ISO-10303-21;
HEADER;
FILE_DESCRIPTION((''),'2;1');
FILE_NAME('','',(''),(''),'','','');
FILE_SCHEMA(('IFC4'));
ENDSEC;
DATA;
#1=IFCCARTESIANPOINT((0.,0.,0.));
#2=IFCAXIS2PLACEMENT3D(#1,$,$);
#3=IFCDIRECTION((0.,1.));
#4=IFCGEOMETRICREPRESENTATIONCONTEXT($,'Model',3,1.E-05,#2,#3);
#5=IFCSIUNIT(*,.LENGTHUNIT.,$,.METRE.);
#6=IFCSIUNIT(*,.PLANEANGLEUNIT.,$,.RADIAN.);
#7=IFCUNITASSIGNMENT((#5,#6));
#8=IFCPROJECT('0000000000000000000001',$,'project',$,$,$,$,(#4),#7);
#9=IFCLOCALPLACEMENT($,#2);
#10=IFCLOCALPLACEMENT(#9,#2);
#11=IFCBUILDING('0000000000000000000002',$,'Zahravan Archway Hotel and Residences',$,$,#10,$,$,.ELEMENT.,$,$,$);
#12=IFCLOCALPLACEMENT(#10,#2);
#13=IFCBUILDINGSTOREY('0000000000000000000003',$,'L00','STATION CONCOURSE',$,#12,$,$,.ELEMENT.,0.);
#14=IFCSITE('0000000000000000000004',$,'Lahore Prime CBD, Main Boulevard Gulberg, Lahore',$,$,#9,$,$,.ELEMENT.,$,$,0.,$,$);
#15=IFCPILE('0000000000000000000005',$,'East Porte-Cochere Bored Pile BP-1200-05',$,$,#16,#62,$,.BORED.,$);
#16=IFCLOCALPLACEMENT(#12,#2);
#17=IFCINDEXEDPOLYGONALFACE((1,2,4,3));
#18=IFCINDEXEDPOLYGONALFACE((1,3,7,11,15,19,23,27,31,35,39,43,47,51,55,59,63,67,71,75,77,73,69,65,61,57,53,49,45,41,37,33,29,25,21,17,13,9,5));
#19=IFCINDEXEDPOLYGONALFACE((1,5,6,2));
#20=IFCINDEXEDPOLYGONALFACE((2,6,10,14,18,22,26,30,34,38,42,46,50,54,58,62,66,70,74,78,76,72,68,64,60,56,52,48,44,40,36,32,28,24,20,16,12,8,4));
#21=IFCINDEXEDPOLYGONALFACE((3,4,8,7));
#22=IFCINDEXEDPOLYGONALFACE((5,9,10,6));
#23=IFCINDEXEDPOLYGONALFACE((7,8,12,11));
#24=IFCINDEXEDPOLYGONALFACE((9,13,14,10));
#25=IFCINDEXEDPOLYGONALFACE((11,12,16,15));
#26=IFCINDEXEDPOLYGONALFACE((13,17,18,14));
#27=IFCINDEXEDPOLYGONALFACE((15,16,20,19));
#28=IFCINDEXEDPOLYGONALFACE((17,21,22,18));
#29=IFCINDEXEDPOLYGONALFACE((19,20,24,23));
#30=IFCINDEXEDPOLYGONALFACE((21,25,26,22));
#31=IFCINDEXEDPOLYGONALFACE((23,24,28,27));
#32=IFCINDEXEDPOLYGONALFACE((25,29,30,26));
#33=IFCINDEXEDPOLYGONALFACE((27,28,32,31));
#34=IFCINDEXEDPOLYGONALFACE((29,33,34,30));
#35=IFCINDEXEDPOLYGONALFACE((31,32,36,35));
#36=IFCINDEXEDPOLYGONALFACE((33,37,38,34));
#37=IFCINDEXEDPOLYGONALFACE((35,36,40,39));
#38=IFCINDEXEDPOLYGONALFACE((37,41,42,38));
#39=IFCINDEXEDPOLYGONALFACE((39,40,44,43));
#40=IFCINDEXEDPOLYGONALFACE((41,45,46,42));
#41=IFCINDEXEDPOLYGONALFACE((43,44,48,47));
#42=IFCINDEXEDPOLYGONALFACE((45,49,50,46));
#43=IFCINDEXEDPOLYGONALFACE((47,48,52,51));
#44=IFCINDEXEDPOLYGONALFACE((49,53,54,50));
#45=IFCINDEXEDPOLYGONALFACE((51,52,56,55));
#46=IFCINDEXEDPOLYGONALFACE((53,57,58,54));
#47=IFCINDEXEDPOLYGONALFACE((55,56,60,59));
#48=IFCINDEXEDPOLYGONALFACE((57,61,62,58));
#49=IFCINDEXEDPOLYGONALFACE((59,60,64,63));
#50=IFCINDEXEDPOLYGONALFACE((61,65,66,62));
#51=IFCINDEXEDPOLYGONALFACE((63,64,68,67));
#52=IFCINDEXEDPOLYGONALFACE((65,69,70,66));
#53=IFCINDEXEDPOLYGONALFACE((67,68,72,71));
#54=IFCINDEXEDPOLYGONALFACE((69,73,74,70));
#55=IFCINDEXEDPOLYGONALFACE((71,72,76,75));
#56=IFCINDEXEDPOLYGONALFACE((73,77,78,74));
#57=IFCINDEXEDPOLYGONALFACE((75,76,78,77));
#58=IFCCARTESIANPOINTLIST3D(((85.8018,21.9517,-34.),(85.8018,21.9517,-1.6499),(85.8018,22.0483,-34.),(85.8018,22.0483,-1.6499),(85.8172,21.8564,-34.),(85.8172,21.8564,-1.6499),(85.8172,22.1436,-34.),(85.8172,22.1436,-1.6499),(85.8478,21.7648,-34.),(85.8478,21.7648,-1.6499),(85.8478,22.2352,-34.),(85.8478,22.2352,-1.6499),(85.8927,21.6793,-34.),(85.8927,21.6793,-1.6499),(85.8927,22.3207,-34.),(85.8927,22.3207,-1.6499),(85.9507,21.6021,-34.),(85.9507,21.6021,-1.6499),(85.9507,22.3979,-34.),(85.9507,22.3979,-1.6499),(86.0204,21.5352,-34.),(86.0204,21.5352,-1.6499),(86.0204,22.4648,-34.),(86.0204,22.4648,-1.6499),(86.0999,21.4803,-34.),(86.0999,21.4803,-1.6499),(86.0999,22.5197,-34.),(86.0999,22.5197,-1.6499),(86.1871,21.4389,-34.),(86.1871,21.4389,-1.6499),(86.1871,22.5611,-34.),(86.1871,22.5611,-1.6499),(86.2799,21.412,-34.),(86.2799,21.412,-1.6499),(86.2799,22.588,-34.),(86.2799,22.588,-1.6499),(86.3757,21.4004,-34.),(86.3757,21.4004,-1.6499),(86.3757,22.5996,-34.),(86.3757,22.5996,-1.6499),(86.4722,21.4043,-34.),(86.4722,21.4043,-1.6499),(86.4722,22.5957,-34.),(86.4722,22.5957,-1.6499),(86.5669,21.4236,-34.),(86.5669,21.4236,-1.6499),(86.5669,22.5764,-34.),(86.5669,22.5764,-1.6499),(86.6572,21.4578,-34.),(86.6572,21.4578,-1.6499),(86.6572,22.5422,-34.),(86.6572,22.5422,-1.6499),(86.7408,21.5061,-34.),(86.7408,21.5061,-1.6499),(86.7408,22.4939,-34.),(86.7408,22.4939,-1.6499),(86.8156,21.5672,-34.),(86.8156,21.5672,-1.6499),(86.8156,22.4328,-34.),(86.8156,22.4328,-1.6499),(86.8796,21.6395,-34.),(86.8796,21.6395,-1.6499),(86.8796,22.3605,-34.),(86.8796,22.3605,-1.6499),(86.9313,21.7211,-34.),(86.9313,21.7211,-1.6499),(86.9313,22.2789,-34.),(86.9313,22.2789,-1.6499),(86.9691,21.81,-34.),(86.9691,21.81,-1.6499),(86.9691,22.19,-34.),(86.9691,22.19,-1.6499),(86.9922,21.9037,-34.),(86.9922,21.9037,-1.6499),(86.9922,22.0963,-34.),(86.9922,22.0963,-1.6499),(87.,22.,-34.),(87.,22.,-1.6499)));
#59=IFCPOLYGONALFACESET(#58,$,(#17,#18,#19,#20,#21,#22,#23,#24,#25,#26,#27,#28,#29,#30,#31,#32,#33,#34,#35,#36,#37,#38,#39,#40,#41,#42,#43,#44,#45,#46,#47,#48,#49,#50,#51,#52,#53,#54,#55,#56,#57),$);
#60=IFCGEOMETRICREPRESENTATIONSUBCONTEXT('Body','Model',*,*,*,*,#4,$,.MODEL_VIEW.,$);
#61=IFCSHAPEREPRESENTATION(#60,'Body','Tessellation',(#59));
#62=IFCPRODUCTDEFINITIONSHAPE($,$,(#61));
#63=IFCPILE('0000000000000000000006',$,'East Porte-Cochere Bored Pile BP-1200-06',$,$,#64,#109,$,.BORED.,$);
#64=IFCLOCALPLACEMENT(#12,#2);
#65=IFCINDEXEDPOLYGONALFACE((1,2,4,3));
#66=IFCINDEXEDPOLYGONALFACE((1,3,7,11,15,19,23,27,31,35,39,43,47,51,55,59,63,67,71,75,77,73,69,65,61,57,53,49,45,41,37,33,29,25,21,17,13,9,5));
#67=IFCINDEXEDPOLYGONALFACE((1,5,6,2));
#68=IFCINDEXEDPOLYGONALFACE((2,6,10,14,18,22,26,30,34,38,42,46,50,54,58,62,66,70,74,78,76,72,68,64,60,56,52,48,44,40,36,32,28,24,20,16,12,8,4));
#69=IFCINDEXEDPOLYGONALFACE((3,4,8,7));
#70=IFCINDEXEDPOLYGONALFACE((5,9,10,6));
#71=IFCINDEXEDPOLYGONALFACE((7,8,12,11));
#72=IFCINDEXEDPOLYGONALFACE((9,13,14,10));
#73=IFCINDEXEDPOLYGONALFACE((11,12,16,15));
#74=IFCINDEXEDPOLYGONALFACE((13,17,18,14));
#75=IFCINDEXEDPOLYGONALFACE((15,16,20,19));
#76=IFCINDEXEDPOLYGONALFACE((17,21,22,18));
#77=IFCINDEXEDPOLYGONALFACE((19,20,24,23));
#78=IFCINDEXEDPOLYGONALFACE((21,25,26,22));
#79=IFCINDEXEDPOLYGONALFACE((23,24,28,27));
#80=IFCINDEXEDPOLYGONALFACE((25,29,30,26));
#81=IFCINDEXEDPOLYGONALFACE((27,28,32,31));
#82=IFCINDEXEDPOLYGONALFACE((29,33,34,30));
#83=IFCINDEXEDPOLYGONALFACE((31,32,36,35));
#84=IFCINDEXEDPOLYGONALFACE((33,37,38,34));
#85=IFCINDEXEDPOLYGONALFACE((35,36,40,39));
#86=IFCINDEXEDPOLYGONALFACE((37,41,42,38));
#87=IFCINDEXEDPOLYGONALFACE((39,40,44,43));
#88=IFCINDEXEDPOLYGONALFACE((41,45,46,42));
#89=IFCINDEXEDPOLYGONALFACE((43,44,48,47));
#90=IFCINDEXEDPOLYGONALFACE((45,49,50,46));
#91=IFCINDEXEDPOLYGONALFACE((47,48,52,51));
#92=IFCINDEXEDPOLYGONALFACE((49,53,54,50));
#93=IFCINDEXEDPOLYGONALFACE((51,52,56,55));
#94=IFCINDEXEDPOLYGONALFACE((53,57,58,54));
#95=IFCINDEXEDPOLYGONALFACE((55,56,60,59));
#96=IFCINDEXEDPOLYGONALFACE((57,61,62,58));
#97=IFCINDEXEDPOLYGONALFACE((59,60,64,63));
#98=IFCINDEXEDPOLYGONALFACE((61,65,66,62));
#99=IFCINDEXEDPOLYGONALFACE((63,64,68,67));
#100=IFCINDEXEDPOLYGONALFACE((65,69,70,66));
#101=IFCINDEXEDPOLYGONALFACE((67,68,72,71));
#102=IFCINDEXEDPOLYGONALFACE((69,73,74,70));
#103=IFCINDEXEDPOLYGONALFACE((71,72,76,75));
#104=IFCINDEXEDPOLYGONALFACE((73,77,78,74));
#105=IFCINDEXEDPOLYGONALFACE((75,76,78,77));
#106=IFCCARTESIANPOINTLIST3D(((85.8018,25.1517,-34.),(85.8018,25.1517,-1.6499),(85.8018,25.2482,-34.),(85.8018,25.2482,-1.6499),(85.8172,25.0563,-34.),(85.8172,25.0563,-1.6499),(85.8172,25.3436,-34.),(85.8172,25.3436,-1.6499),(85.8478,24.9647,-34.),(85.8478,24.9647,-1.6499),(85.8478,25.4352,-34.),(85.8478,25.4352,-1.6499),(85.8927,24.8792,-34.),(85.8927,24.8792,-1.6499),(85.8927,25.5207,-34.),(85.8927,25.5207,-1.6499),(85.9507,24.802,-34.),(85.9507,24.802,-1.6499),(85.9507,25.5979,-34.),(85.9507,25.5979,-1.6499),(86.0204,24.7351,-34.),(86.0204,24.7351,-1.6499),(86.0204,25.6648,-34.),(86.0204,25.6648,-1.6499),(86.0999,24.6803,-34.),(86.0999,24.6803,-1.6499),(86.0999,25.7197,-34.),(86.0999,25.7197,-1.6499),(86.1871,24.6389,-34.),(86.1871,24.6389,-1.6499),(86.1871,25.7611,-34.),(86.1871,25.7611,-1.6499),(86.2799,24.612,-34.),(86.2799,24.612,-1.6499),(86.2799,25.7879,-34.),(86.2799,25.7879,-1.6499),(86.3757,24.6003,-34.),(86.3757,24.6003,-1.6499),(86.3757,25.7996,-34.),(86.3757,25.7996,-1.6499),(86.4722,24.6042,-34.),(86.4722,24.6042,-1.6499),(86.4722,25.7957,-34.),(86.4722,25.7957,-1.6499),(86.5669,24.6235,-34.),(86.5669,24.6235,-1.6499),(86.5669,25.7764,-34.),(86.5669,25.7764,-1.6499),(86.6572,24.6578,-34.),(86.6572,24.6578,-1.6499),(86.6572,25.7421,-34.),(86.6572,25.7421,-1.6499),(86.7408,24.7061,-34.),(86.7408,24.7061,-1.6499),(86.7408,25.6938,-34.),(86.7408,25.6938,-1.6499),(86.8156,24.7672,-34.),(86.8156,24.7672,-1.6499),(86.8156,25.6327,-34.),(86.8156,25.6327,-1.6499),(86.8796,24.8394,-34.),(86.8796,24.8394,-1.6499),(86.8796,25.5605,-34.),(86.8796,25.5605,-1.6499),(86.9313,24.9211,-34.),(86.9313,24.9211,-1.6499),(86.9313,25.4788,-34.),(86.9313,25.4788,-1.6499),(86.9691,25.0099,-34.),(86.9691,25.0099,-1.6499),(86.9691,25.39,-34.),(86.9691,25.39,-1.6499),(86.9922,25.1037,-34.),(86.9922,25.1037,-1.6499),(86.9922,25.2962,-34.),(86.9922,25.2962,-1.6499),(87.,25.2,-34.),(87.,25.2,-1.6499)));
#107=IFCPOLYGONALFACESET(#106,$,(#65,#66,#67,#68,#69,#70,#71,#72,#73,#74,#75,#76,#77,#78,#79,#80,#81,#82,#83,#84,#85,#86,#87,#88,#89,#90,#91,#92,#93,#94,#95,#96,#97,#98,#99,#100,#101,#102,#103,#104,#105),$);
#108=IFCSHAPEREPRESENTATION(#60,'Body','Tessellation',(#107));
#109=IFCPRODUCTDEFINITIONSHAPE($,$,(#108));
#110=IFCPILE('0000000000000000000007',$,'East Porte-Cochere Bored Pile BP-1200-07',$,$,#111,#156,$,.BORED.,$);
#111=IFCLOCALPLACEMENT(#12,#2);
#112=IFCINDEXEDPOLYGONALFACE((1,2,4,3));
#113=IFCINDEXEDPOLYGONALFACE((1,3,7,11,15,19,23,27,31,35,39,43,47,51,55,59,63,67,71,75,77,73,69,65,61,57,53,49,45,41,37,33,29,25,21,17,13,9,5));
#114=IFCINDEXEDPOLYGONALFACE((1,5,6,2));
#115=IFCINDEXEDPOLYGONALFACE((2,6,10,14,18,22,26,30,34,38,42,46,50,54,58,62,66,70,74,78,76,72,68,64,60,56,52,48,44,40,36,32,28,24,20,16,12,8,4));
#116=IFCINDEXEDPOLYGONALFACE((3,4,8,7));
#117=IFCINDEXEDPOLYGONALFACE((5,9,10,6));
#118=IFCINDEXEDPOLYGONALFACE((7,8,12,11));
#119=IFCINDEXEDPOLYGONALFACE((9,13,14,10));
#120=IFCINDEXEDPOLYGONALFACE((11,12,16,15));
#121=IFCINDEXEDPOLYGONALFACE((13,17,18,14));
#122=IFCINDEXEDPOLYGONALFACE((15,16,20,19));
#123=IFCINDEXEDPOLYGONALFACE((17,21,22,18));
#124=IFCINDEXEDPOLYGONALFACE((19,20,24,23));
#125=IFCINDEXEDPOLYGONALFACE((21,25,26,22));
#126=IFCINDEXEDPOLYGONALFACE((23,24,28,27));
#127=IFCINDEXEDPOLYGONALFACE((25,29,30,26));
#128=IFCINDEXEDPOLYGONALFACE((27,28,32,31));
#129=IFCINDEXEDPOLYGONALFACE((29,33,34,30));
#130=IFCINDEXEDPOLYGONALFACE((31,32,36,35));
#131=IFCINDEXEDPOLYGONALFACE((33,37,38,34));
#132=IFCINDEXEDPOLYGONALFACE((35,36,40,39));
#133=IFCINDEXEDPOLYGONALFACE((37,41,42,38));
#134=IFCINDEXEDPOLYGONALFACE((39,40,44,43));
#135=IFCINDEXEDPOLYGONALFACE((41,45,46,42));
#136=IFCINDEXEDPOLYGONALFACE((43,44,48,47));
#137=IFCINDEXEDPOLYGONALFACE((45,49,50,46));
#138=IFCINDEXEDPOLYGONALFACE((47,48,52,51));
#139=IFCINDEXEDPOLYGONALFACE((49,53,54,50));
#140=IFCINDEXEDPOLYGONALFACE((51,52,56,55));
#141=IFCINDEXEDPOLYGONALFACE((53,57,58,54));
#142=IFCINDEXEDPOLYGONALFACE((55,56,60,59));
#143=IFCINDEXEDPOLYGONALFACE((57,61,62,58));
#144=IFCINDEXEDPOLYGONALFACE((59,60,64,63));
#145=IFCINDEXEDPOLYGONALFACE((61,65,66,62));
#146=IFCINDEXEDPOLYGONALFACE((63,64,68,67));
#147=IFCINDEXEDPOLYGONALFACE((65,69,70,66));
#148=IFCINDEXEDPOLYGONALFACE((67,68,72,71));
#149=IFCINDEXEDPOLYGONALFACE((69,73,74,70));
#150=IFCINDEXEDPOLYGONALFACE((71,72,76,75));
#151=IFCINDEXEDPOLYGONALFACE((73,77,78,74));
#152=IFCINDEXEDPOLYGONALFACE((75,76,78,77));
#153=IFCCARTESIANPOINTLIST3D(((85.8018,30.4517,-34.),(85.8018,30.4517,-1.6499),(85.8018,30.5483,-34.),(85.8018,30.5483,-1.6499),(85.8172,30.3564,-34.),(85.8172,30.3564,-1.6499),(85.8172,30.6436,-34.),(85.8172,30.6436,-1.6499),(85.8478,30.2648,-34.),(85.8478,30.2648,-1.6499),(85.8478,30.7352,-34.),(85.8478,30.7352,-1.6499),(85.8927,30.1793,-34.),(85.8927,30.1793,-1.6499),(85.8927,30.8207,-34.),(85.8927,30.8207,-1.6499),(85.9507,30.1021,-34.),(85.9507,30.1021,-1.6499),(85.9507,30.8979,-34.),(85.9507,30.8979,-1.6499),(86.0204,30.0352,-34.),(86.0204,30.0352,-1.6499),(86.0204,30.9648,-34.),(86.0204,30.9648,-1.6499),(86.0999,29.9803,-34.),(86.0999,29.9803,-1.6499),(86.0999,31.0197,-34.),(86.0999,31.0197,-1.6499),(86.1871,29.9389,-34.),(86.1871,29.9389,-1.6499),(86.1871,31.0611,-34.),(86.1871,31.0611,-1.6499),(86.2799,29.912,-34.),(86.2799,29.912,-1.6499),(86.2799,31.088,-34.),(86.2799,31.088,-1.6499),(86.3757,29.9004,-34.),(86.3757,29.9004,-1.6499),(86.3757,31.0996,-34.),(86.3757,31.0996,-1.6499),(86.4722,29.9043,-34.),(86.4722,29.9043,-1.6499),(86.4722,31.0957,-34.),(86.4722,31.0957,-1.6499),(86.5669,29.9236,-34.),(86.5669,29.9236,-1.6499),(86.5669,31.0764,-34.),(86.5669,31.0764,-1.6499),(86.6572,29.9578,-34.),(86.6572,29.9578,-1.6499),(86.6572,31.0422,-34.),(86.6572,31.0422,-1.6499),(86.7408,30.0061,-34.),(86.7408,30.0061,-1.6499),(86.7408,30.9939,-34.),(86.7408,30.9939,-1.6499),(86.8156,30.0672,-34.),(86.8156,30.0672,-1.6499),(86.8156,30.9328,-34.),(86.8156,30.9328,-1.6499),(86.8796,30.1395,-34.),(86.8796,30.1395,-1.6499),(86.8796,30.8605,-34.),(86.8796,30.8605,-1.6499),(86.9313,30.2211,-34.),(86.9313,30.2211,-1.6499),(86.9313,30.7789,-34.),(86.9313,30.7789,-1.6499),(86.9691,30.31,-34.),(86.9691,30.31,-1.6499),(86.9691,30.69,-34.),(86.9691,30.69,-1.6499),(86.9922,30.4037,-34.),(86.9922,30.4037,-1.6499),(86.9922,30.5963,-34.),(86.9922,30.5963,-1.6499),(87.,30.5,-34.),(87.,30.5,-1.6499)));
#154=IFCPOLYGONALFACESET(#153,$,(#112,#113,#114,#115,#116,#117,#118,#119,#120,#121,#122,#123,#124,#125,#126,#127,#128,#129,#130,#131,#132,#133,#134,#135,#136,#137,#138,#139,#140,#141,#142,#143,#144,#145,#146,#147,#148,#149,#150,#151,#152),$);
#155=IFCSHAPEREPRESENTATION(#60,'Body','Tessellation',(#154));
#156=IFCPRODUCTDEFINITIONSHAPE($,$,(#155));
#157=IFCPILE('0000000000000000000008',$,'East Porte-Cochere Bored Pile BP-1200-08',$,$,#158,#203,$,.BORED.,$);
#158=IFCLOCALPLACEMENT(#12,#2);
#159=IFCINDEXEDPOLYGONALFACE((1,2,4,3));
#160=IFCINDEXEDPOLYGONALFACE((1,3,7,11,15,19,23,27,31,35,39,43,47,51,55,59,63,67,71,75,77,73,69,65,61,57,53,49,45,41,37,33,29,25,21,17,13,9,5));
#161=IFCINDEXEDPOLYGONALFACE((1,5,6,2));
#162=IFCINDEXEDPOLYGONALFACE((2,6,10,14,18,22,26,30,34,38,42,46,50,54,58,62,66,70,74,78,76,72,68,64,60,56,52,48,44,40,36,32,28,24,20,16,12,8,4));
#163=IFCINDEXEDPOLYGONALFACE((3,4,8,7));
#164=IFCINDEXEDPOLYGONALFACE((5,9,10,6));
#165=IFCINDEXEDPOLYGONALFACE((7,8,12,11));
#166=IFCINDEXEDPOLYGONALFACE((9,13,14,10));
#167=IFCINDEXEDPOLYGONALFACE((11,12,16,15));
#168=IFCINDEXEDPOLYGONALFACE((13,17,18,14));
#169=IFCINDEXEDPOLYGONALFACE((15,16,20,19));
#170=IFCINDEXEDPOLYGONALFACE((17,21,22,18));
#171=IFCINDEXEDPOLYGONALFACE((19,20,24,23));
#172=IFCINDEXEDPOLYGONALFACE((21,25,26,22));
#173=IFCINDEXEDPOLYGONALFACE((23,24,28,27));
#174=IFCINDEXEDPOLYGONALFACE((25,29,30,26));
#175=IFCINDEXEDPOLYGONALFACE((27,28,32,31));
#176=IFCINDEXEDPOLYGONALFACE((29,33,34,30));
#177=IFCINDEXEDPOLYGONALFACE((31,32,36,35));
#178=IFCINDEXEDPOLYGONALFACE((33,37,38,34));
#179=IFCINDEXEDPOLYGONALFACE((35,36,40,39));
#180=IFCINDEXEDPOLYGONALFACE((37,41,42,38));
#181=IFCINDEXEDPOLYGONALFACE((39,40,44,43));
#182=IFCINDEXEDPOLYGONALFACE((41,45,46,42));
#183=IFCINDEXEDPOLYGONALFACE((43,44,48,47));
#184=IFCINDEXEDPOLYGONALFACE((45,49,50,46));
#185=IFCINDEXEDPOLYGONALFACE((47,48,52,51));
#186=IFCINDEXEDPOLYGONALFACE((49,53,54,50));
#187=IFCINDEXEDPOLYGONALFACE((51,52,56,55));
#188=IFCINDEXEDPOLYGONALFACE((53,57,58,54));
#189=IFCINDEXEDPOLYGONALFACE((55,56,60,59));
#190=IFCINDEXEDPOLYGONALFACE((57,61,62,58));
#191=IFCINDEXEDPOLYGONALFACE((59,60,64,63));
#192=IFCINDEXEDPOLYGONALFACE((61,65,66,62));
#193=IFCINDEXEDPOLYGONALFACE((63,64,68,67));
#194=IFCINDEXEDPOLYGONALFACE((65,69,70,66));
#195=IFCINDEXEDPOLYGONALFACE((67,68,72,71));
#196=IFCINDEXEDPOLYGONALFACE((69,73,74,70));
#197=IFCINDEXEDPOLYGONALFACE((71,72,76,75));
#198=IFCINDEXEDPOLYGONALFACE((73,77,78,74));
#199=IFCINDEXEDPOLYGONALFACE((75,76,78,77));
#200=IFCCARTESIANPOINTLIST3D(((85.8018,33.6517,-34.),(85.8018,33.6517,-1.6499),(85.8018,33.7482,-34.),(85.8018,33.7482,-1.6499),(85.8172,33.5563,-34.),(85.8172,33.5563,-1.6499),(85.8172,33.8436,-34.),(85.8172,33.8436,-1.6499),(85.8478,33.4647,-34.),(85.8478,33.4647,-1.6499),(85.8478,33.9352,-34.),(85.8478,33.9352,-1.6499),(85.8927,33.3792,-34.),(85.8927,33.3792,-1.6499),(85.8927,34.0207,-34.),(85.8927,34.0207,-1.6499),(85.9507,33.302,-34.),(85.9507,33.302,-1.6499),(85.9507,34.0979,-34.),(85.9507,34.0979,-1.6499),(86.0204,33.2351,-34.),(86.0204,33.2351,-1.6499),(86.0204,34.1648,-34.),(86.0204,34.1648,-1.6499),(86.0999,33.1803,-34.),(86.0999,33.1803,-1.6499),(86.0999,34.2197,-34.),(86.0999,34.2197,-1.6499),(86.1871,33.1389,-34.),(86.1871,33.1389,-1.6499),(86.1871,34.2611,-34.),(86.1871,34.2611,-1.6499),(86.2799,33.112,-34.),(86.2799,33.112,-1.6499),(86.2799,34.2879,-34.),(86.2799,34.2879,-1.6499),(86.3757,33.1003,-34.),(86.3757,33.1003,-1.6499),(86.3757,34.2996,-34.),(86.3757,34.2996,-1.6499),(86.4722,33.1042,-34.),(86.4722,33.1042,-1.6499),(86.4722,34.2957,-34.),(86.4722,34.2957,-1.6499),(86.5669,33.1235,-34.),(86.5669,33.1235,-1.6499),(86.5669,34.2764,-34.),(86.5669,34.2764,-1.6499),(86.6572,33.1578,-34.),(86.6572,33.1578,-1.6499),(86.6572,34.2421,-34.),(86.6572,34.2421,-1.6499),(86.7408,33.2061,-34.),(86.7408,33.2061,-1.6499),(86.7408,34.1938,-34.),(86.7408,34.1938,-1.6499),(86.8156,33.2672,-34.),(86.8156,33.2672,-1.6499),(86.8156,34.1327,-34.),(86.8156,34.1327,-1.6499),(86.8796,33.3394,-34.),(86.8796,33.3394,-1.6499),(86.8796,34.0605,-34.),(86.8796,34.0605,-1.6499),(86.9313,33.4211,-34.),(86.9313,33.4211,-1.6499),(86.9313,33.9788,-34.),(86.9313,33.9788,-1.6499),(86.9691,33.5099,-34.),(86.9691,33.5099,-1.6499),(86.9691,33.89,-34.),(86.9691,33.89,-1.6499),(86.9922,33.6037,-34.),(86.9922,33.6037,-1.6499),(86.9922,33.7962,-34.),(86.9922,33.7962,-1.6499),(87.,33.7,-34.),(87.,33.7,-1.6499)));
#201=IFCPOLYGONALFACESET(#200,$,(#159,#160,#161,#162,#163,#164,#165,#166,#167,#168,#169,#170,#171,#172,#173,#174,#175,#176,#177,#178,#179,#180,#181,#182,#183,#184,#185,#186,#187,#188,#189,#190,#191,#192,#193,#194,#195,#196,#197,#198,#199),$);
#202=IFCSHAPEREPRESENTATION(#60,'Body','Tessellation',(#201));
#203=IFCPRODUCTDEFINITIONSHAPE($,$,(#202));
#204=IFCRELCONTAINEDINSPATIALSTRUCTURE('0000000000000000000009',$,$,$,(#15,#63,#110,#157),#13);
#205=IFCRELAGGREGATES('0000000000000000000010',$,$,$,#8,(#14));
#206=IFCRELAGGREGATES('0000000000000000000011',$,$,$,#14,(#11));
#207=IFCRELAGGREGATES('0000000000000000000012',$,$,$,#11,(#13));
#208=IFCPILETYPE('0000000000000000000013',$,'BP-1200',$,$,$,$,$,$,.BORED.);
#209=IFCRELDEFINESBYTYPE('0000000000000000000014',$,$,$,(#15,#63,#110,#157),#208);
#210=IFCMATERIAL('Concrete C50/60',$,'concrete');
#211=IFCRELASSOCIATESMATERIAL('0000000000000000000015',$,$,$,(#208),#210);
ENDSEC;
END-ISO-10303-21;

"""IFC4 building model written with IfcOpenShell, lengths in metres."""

from ifc_helpers import new_model, si_unit, direction, frame, origin, origin_2d, place, context, subcontext, project, spatial, circle, extrude, source, transform, mapped, material, material_profile, profile_set, type_object, type_shapes, element, save


model = new_model("IFC4")

# Units and contexts
model_context = context("Model", 3, precision=1e-05, world=origin(), true_north=direction((0.0, 1.0)))
body_context = subcontext(model_context, "Body", "Model", "MODEL_VIEW")
ifc_project = project(units=[si_unit("LENGTHUNIT", "METRE"), si_unit("PLANEANGLEUNIT", "RADIAN")], contexts=[model_context])

# Site, building, storey
site_placement = place(None, origin())
site = spatial("IfcSite", under=ifc_project, at=site_placement, Name="Lahore Prime CBD, Main Boulevard Gulberg, Lahore", CompositionType="ELEMENT", RefElevation=0.0)
building_placement = place(site_placement, origin())
building = spatial("IfcBuilding", under=site, at=building_placement, Name="Zahravan Archway Hotel and Residences", CompositionType="ELEMENT")
storey_placement = place(building_placement, origin())
storey = spatial("IfcBuildingStorey", under=building, at=storey_placement, Name="L00", Description="STATION CONCOURSE", CompositionType="ELEMENT", Elevation=0.0)

# Piles
ifc_material_1 = material(Name="Concrete C50/60", Category="concrete")
ifc_material_profile_1 = material_profile(ifc_material_1, circle(Radius=0.6001, at=origin_2d()), Name="PILE D1200", Category="concrete")
ifc_profile_set_1 = profile_set([ifc_material_profile_1], Name="Concrete C50/60")
pile_type = type_object("IfcPileType", Name="BP-1200", PredefinedType="BORED", material=ifc_profile_set_1)
shared_shape_1 = source(origin(), body_context, "Body", "SweptSolid", [
    extrude(circle(Radius=0.6001, at=origin_2d()), origin(), (0.0, 0.0, 1.0), 32.3501),
])
type_shapes(pile_type, [shared_shape_1])
for number, where, z_axis, x_axis, name in (
    (1, (86.3999, 22.0, -1.6499), (0.0, 0.0, -1.0), (1.0, 0.0, 0.0), "East Porte-Cochere Bored Pile BP-1200-05"),
    (2, (86.3999, 25.2, -1.6499), (0.0, 0.0, -1.0), (1.0, 0.0, 0.0), "East Porte-Cochere Bored Pile BP-1200-06"),
    (3, (86.3999, 30.5, -1.6499), (0.0, 0.0, -1.0), (1.0, 0.0, 0.0), "East Porte-Cochere Bored Pile BP-1200-07"),
    (4, (86.3999, 33.7, -1.6499), (0.0, 0.0, -1.0), (1.0, 0.0, 0.0), "East Porte-Cochere Bored Pile BP-1200-08"),
):
    element("IfcPile", number, at=place(storey_placement, frame(where, z_axis=z_axis, x_axis=x_axis)), inside=storey, type_object=pile_type, Name=name, PredefinedType="BORED", context=body_context, shape_type="MappedRepresentation", body=[
        mapped(shared_shape_1, transform((0.0, 0.0, 0.0), scale=1.0)),
    ])

save(model, "model.ifc")
